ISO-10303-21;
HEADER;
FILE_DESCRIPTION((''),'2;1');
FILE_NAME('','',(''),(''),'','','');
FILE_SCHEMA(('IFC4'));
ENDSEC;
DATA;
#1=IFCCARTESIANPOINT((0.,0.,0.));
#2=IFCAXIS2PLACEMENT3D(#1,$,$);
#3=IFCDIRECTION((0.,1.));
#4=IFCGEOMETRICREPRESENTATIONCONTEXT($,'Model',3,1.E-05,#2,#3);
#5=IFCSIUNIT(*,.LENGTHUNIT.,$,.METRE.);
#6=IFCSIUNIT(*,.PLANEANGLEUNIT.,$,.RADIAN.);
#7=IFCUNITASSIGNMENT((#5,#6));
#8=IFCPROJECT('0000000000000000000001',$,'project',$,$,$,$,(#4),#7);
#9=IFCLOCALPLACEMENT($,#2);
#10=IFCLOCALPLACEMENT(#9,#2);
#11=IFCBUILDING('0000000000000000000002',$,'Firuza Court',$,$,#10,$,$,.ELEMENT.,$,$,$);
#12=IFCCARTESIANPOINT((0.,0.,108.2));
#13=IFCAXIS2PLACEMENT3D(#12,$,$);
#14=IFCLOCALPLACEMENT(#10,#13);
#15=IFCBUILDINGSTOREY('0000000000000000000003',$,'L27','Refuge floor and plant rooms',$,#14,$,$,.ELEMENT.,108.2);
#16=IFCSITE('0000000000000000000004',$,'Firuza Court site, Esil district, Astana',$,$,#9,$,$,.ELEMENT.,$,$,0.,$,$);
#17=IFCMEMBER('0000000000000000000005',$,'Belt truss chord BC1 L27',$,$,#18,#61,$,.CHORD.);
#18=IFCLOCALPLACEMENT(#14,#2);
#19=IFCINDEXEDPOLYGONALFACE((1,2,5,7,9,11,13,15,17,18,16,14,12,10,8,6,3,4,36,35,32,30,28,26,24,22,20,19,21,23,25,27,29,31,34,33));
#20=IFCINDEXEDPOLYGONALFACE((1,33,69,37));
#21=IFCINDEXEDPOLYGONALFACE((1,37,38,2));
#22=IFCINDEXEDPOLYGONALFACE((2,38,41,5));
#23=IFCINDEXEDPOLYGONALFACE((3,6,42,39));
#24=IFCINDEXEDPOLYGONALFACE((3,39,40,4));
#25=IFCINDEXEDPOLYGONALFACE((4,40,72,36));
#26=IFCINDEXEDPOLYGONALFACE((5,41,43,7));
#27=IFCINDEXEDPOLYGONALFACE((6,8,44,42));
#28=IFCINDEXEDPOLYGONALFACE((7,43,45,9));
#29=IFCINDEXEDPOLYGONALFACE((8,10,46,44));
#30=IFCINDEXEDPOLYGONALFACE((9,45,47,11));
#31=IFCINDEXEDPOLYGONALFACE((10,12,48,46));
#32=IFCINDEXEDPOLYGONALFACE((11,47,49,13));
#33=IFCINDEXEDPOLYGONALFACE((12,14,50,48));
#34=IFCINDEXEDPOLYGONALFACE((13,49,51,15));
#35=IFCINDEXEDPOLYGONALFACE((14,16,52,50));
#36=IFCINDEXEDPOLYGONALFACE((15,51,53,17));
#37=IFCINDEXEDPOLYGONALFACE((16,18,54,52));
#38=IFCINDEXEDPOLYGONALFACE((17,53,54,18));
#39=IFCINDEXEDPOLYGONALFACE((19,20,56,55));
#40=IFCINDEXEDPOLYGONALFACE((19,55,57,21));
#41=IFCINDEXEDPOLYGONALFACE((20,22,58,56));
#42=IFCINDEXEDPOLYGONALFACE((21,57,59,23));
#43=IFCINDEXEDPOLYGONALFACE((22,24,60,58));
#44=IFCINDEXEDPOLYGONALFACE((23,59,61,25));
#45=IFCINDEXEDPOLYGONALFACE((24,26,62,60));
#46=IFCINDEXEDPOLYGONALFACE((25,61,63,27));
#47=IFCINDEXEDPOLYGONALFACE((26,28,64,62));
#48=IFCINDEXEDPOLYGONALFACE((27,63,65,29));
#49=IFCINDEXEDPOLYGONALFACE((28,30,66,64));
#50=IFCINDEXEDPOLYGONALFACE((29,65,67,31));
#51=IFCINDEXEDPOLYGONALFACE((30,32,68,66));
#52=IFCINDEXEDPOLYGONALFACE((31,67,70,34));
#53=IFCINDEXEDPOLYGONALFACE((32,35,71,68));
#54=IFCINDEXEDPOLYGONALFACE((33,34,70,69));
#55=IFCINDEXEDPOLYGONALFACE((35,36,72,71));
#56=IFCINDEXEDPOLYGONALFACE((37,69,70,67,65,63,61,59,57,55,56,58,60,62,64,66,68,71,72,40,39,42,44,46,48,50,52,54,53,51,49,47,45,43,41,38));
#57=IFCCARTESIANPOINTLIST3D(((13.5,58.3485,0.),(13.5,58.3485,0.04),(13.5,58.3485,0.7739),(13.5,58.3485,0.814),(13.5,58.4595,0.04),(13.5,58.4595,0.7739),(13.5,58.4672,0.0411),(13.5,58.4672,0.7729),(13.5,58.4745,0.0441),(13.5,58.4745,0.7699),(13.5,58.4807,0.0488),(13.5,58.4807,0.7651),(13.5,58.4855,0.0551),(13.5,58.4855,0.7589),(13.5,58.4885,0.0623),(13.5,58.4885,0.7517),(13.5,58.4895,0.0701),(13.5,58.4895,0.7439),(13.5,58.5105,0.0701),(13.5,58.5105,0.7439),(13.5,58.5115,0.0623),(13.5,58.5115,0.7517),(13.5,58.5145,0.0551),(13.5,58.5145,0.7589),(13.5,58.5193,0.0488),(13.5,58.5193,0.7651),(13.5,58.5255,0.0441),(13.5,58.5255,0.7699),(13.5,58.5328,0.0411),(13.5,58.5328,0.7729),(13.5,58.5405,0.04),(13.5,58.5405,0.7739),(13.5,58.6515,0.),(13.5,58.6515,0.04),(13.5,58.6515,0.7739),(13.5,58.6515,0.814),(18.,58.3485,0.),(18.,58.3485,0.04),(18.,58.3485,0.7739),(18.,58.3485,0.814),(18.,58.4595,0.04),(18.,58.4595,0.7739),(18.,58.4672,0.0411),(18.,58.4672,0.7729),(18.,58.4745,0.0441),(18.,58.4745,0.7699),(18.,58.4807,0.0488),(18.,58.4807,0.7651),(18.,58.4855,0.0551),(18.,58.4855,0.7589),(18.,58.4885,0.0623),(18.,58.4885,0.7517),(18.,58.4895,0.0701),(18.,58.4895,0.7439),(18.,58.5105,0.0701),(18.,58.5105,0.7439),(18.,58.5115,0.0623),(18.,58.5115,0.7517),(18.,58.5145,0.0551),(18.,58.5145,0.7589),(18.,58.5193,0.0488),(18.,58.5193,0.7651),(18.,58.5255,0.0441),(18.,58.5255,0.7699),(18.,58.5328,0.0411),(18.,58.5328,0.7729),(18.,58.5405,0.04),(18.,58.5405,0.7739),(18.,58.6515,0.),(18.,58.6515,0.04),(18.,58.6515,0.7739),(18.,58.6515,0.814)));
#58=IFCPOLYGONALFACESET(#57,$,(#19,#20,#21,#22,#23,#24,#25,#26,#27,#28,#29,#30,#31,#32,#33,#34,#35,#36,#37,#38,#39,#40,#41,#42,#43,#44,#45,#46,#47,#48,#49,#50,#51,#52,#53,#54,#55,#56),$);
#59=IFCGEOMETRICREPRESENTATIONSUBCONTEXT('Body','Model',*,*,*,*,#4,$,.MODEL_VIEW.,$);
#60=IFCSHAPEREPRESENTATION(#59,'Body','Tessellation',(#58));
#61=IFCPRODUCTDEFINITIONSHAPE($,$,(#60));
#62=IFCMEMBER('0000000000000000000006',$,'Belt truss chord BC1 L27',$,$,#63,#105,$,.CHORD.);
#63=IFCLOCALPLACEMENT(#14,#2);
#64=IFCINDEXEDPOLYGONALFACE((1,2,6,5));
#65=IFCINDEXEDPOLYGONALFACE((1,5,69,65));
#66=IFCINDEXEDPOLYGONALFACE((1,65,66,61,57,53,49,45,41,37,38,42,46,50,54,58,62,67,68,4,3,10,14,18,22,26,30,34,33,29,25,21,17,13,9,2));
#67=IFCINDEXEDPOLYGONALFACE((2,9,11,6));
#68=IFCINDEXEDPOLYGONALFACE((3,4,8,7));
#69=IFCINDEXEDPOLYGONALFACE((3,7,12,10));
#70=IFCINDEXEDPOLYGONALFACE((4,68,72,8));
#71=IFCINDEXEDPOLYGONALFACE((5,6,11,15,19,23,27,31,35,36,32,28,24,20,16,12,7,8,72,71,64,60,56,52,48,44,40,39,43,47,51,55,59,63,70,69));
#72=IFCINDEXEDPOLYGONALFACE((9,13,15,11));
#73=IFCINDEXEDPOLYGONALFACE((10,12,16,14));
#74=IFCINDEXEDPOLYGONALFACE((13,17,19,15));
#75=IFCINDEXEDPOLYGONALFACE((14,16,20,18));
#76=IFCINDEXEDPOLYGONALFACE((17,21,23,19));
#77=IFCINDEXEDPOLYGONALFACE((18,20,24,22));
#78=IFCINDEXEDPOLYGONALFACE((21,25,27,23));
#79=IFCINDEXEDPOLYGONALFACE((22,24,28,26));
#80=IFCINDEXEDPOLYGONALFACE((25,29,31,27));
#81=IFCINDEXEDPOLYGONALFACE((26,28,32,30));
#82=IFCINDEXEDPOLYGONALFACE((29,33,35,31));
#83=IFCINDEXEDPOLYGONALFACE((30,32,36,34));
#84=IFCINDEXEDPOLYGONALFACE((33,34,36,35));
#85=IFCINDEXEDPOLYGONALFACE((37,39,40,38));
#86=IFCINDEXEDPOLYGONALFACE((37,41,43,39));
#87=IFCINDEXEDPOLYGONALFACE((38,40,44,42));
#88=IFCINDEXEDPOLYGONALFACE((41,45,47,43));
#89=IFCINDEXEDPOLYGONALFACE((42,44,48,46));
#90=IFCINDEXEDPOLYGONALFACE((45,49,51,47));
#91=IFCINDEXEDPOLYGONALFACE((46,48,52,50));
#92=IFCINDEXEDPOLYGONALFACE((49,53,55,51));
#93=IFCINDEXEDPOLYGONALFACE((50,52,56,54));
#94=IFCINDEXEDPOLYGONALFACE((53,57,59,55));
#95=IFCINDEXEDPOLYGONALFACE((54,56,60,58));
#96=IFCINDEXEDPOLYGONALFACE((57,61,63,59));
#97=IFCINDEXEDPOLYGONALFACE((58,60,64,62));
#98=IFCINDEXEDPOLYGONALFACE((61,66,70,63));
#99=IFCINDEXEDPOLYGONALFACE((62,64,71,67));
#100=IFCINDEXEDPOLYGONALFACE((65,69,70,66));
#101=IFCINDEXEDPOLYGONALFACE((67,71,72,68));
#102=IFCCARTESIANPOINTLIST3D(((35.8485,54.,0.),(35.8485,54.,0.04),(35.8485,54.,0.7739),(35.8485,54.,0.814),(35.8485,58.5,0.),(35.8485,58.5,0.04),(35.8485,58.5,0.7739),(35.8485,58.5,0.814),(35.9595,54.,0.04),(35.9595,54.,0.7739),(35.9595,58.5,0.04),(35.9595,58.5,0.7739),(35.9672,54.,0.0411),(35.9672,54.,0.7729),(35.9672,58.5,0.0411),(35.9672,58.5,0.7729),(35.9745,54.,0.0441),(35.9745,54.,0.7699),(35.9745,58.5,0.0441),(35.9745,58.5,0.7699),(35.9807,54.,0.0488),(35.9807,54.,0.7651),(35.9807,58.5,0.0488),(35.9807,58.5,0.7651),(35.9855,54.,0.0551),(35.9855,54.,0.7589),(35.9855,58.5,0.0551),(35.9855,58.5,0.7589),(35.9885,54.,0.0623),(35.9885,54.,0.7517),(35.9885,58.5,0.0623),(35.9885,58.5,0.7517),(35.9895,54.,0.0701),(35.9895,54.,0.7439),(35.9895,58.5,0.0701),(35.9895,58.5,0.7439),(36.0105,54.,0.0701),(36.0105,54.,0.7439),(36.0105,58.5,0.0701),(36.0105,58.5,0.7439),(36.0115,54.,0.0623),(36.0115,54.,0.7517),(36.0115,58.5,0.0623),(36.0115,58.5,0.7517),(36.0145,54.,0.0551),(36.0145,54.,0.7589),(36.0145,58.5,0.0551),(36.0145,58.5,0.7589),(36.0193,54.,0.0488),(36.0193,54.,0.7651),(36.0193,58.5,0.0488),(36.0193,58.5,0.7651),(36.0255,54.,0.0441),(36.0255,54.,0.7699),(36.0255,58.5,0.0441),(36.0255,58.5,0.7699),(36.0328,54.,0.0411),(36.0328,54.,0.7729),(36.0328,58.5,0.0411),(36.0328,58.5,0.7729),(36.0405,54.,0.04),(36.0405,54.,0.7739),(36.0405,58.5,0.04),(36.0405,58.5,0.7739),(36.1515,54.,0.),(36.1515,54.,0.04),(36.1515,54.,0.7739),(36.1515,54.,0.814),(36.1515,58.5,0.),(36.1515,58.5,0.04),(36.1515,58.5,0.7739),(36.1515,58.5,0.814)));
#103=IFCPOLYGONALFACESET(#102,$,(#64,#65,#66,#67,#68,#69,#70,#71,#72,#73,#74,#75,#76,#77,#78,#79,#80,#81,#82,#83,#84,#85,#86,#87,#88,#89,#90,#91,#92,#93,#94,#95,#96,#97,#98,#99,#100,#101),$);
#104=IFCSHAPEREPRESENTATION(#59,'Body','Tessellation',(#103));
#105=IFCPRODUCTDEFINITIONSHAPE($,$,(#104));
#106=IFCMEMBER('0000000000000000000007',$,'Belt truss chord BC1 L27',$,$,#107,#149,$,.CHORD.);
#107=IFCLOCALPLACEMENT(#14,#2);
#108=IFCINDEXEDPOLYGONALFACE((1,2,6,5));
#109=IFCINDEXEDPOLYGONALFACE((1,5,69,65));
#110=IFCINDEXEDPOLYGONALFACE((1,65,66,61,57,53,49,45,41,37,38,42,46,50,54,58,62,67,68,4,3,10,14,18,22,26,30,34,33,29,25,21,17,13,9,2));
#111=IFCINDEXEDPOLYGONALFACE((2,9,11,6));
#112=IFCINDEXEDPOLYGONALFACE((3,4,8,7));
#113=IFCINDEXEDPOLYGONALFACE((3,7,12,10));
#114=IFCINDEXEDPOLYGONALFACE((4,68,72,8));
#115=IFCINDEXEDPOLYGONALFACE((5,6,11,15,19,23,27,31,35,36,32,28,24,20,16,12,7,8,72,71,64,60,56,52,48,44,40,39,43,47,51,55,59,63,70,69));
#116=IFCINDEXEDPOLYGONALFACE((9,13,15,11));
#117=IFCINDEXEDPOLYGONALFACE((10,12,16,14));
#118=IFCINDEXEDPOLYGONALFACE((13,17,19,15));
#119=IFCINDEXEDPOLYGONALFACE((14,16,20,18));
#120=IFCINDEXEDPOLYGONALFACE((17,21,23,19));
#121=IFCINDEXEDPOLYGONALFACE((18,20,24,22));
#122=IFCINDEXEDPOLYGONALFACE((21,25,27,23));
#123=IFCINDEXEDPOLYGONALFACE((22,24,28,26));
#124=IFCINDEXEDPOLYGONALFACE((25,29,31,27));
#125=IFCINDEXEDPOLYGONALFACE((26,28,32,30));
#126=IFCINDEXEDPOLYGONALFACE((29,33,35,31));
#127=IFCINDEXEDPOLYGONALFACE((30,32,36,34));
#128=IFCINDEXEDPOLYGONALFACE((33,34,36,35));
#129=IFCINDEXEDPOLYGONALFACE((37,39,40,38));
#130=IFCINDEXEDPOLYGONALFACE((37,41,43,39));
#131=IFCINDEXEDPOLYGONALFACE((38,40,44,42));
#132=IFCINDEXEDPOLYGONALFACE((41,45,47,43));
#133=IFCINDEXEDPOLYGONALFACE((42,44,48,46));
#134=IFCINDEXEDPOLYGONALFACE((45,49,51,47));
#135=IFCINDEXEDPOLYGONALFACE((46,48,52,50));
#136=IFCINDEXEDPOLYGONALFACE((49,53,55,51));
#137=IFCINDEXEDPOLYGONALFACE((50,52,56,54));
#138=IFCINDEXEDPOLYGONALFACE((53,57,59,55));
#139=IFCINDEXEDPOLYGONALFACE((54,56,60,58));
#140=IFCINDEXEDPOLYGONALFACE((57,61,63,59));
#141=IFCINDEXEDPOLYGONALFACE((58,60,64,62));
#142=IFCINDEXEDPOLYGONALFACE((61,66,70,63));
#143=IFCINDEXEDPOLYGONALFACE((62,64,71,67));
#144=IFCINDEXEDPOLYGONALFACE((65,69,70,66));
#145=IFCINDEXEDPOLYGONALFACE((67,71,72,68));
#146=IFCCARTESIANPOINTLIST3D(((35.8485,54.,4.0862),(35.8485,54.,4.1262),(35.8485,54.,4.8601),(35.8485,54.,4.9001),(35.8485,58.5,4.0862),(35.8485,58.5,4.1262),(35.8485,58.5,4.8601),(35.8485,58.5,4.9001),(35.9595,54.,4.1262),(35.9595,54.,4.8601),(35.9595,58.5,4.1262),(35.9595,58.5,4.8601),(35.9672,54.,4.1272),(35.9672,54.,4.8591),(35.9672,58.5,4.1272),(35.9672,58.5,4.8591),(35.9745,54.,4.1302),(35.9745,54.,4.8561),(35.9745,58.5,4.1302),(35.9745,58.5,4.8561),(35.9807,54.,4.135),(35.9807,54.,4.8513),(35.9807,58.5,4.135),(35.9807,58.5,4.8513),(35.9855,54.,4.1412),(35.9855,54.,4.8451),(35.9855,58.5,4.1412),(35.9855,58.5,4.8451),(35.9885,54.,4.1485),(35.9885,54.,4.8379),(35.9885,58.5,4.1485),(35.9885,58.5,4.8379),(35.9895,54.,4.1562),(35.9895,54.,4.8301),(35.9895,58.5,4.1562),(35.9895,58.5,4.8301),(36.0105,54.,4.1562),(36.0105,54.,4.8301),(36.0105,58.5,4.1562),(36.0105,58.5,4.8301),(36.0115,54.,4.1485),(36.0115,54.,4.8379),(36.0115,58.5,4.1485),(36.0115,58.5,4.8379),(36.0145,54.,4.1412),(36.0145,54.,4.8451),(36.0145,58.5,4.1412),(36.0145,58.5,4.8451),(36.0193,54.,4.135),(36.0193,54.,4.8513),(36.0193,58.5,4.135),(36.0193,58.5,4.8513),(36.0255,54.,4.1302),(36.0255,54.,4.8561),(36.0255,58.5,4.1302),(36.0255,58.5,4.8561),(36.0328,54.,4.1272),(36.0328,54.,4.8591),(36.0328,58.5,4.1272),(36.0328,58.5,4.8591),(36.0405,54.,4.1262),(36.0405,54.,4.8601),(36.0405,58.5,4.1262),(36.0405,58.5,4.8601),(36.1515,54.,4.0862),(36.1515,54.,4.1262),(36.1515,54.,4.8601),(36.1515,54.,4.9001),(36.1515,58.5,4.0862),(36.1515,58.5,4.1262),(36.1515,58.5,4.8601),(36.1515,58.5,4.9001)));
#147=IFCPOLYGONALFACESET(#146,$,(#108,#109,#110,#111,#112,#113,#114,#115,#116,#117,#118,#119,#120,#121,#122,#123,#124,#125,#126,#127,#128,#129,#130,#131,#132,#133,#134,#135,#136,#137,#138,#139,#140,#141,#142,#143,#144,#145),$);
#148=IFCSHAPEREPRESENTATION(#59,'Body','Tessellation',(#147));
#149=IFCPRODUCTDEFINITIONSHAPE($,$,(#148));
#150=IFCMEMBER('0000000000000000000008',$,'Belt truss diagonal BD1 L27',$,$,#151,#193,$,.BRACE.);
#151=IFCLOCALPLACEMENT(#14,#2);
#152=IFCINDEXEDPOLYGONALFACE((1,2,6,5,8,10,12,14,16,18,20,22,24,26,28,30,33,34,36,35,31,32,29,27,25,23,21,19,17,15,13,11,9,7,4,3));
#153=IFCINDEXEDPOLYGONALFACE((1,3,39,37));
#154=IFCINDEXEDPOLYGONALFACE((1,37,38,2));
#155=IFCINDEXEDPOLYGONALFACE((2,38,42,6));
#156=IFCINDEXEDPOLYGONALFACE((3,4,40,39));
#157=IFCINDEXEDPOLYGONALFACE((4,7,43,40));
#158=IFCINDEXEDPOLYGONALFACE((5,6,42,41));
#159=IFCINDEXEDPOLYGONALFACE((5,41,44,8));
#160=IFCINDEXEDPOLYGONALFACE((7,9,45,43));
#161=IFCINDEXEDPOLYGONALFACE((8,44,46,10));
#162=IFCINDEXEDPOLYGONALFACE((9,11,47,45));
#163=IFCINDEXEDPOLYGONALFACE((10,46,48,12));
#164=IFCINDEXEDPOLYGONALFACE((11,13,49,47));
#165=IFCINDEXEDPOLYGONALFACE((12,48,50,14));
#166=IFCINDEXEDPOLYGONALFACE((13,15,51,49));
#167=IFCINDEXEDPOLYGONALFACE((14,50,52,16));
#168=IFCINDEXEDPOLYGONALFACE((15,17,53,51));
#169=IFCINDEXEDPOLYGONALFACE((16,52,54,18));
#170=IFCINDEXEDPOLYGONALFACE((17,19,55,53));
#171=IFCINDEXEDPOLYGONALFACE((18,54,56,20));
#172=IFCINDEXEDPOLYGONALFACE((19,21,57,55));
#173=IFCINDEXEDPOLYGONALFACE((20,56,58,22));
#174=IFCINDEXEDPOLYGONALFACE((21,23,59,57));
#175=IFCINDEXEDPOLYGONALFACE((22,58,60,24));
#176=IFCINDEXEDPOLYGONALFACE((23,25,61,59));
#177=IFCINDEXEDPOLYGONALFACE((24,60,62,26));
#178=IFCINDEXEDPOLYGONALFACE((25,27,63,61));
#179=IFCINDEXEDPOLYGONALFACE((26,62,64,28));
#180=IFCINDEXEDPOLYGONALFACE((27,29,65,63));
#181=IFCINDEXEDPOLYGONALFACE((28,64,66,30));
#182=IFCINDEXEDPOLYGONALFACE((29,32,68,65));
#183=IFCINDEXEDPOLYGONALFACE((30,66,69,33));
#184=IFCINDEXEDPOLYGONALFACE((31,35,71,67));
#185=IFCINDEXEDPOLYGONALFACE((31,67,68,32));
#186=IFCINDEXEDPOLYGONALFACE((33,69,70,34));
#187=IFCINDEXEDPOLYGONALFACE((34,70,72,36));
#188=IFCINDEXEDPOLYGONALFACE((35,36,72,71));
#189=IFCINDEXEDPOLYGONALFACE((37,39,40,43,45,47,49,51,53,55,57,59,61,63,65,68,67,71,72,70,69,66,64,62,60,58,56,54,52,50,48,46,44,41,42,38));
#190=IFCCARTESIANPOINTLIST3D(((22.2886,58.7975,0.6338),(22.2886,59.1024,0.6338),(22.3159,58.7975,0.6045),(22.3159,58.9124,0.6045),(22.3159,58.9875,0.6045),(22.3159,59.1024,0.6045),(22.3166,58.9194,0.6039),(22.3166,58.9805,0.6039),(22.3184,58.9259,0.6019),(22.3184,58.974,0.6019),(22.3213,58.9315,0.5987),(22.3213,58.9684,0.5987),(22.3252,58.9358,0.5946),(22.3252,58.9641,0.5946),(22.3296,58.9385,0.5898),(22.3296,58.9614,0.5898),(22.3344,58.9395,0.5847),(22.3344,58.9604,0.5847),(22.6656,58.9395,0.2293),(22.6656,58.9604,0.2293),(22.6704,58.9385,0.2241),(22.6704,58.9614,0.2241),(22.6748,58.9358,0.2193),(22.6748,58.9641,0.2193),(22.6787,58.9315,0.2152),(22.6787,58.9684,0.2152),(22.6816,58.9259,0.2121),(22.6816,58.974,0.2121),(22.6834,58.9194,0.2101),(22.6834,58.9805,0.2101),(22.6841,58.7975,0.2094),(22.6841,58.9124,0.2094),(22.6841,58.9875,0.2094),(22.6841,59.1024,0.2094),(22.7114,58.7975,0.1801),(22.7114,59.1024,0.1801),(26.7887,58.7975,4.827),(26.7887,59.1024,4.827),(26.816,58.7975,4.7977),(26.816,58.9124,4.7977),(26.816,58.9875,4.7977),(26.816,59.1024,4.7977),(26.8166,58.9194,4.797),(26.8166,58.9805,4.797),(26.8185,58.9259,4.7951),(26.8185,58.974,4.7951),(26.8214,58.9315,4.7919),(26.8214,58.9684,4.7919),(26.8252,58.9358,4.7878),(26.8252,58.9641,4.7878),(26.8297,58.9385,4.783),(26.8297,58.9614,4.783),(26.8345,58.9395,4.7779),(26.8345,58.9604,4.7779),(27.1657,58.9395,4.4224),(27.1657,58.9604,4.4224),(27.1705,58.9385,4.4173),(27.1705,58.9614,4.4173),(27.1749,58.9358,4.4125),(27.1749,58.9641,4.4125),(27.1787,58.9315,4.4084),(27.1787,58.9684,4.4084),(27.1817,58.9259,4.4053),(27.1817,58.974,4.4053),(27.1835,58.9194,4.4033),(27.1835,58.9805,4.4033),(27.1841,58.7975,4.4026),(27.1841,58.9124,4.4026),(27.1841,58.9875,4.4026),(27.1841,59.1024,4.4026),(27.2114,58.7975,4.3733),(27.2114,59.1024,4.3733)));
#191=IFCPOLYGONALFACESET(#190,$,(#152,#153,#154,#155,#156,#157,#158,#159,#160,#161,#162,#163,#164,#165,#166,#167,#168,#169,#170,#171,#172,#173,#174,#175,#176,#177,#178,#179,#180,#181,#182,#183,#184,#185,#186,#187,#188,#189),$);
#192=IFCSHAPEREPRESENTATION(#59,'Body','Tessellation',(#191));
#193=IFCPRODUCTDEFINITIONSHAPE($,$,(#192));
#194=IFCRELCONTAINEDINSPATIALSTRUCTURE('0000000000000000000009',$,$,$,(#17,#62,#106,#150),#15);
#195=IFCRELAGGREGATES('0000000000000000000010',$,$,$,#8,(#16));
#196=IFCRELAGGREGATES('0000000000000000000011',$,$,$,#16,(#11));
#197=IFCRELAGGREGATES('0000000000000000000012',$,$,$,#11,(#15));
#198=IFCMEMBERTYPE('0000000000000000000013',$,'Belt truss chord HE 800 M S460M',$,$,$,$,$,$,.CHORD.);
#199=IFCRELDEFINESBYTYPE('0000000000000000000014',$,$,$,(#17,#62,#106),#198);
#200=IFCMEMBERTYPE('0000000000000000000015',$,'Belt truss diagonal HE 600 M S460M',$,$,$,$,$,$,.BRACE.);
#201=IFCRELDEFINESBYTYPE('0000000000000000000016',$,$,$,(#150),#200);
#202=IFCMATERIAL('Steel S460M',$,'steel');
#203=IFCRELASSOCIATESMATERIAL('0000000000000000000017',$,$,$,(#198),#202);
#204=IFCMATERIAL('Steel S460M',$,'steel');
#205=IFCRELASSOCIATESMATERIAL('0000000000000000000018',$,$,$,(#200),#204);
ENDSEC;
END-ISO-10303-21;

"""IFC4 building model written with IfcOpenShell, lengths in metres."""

from ifc_helpers import new_model, si_unit, direction, frame, origin, origin_2d, place, context, subcontext, project, spatial, i_section, extrude, material, material_profile, profile_set, type_object, element, save


model = new_model("IFC4")

# Units and contexts
model_context = context("Model", 3, precision=1e-05, world=origin(), true_north=direction((0.0, 1.0)))
body_context = subcontext(model_context, "Body", "Model", "MODEL_VIEW")
ifc_project = project(units=[si_unit("LENGTHUNIT", "METRE"), si_unit("PLANEANGLEUNIT", "RADIAN")], contexts=[model_context])

# Site, building, storey
site_placement = place(None, origin())
site = spatial("IfcSite", under=ifc_project, at=site_placement, Name="Firuza Court site, Esil district, Astana", CompositionType="ELEMENT", RefElevation=0.0)
building_placement = place(site_placement, origin())
building = spatial("IfcBuilding", under=site, at=building_placement, Name="Firuza Court", CompositionType="ELEMENT")
storey_placement = place(building_placement, frame((0.0, 0.0, 108.2)))
storey = spatial("IfcBuildingStorey", under=building, at=storey_placement, Name="L27", Description="Refuge floor and plant rooms", CompositionType="ELEMENT", Elevation=108.2)

# Members
ifc_material_1 = material(Name="Steel S460M", Category="steel")
ifc_material_profile_1 = material_profile(ifc_material_1, i_section(OverallWidth=0.303, OverallDepth=0.814, WebThickness=0.021, FlangeThickness=0.04, FilletRadius=0.03, at=origin_2d()), Name="HE 800 M")
ifc_profile_set_1 = profile_set([ifc_material_profile_1], Name="Steel S460M")
member_type_1 = type_object("IfcMemberType", Name="Belt truss chord HE 800 M S460M", PredefinedType="CHORD", material=ifc_profile_set_1)
for number, where, z_axis, x_axis, name in (
    (1, (18.0, 58.5, 0.407), (-1.0, 0.0, 0.0), (0.0, -1.0, 0.0), "Belt truss chord BC1 L27"),
    (2, (36.0, 54.0, 0.407), (0.0, 1.0, 0.0), (-1.0, 0.0, 0.0), "Belt truss chord BC1 L27"),
    (3, (36.0, 54.0, 4.4932), (0.0, 1.0, 0.0), (-1.0, 0.0, 0.0), "Belt truss chord BC1 L27"),
):
    element("IfcMember", number, at=place(storey_placement, frame(where, z_axis=z_axis, x_axis=x_axis)), inside=storey, type_object=member_type_1, Name=name, PredefinedType="CHORD", context=body_context, shape_type="SweptSolid", body=[
        extrude(i_section(OverallWidth=0.303, OverallDepth=0.814, WebThickness=0.021, FlangeThickness=0.04, FilletRadius=0.03, at=origin_2d()), origin(), (0.0, 0.0, 1.0), 4.5),
    ])
ifc_material_2 = material(Name="Steel S460M", Category="steel")
ifc_material_profile_2 = material_profile(ifc_material_2, i_section(OverallWidth=0.3049, OverallDepth=0.6201, WebThickness=0.021, FlangeThickness=0.04, FilletRadius=0.0271, at=origin_2d()), Name="HE 600 M")
ifc_profile_set_2 = profile_set([ifc_material_profile_2], Name="Steel S460M")
member_type_2 = type_object("IfcMemberType", Name="Belt truss diagonal HE 600 M S460M", PredefinedType="BRACE", material=ifc_profile_set_2)
member_1_placement = place(storey_placement, frame((22.5, 58.95, 0.407), z_axis=(0.731613, 0.0, 0.68172), x_axis=(0.0, 1.0, 0.0)))
element("IfcMember", 4, at=member_1_placement, inside=storey, type_object=member_type_2, Name="Belt truss diagonal BD1 L27", PredefinedType="BRACE", context=body_context, shape_type="SweptSolid", body=[
    extrude(i_section(OverallWidth=0.3049, OverallDepth=0.6201, WebThickness=0.021, FlangeThickness=0.04, FilletRadius=0.0271, at=origin_2d()), origin(), (0.0, 0.0, 1.0), 6.1509),
])

save(model, "model.ifc")
